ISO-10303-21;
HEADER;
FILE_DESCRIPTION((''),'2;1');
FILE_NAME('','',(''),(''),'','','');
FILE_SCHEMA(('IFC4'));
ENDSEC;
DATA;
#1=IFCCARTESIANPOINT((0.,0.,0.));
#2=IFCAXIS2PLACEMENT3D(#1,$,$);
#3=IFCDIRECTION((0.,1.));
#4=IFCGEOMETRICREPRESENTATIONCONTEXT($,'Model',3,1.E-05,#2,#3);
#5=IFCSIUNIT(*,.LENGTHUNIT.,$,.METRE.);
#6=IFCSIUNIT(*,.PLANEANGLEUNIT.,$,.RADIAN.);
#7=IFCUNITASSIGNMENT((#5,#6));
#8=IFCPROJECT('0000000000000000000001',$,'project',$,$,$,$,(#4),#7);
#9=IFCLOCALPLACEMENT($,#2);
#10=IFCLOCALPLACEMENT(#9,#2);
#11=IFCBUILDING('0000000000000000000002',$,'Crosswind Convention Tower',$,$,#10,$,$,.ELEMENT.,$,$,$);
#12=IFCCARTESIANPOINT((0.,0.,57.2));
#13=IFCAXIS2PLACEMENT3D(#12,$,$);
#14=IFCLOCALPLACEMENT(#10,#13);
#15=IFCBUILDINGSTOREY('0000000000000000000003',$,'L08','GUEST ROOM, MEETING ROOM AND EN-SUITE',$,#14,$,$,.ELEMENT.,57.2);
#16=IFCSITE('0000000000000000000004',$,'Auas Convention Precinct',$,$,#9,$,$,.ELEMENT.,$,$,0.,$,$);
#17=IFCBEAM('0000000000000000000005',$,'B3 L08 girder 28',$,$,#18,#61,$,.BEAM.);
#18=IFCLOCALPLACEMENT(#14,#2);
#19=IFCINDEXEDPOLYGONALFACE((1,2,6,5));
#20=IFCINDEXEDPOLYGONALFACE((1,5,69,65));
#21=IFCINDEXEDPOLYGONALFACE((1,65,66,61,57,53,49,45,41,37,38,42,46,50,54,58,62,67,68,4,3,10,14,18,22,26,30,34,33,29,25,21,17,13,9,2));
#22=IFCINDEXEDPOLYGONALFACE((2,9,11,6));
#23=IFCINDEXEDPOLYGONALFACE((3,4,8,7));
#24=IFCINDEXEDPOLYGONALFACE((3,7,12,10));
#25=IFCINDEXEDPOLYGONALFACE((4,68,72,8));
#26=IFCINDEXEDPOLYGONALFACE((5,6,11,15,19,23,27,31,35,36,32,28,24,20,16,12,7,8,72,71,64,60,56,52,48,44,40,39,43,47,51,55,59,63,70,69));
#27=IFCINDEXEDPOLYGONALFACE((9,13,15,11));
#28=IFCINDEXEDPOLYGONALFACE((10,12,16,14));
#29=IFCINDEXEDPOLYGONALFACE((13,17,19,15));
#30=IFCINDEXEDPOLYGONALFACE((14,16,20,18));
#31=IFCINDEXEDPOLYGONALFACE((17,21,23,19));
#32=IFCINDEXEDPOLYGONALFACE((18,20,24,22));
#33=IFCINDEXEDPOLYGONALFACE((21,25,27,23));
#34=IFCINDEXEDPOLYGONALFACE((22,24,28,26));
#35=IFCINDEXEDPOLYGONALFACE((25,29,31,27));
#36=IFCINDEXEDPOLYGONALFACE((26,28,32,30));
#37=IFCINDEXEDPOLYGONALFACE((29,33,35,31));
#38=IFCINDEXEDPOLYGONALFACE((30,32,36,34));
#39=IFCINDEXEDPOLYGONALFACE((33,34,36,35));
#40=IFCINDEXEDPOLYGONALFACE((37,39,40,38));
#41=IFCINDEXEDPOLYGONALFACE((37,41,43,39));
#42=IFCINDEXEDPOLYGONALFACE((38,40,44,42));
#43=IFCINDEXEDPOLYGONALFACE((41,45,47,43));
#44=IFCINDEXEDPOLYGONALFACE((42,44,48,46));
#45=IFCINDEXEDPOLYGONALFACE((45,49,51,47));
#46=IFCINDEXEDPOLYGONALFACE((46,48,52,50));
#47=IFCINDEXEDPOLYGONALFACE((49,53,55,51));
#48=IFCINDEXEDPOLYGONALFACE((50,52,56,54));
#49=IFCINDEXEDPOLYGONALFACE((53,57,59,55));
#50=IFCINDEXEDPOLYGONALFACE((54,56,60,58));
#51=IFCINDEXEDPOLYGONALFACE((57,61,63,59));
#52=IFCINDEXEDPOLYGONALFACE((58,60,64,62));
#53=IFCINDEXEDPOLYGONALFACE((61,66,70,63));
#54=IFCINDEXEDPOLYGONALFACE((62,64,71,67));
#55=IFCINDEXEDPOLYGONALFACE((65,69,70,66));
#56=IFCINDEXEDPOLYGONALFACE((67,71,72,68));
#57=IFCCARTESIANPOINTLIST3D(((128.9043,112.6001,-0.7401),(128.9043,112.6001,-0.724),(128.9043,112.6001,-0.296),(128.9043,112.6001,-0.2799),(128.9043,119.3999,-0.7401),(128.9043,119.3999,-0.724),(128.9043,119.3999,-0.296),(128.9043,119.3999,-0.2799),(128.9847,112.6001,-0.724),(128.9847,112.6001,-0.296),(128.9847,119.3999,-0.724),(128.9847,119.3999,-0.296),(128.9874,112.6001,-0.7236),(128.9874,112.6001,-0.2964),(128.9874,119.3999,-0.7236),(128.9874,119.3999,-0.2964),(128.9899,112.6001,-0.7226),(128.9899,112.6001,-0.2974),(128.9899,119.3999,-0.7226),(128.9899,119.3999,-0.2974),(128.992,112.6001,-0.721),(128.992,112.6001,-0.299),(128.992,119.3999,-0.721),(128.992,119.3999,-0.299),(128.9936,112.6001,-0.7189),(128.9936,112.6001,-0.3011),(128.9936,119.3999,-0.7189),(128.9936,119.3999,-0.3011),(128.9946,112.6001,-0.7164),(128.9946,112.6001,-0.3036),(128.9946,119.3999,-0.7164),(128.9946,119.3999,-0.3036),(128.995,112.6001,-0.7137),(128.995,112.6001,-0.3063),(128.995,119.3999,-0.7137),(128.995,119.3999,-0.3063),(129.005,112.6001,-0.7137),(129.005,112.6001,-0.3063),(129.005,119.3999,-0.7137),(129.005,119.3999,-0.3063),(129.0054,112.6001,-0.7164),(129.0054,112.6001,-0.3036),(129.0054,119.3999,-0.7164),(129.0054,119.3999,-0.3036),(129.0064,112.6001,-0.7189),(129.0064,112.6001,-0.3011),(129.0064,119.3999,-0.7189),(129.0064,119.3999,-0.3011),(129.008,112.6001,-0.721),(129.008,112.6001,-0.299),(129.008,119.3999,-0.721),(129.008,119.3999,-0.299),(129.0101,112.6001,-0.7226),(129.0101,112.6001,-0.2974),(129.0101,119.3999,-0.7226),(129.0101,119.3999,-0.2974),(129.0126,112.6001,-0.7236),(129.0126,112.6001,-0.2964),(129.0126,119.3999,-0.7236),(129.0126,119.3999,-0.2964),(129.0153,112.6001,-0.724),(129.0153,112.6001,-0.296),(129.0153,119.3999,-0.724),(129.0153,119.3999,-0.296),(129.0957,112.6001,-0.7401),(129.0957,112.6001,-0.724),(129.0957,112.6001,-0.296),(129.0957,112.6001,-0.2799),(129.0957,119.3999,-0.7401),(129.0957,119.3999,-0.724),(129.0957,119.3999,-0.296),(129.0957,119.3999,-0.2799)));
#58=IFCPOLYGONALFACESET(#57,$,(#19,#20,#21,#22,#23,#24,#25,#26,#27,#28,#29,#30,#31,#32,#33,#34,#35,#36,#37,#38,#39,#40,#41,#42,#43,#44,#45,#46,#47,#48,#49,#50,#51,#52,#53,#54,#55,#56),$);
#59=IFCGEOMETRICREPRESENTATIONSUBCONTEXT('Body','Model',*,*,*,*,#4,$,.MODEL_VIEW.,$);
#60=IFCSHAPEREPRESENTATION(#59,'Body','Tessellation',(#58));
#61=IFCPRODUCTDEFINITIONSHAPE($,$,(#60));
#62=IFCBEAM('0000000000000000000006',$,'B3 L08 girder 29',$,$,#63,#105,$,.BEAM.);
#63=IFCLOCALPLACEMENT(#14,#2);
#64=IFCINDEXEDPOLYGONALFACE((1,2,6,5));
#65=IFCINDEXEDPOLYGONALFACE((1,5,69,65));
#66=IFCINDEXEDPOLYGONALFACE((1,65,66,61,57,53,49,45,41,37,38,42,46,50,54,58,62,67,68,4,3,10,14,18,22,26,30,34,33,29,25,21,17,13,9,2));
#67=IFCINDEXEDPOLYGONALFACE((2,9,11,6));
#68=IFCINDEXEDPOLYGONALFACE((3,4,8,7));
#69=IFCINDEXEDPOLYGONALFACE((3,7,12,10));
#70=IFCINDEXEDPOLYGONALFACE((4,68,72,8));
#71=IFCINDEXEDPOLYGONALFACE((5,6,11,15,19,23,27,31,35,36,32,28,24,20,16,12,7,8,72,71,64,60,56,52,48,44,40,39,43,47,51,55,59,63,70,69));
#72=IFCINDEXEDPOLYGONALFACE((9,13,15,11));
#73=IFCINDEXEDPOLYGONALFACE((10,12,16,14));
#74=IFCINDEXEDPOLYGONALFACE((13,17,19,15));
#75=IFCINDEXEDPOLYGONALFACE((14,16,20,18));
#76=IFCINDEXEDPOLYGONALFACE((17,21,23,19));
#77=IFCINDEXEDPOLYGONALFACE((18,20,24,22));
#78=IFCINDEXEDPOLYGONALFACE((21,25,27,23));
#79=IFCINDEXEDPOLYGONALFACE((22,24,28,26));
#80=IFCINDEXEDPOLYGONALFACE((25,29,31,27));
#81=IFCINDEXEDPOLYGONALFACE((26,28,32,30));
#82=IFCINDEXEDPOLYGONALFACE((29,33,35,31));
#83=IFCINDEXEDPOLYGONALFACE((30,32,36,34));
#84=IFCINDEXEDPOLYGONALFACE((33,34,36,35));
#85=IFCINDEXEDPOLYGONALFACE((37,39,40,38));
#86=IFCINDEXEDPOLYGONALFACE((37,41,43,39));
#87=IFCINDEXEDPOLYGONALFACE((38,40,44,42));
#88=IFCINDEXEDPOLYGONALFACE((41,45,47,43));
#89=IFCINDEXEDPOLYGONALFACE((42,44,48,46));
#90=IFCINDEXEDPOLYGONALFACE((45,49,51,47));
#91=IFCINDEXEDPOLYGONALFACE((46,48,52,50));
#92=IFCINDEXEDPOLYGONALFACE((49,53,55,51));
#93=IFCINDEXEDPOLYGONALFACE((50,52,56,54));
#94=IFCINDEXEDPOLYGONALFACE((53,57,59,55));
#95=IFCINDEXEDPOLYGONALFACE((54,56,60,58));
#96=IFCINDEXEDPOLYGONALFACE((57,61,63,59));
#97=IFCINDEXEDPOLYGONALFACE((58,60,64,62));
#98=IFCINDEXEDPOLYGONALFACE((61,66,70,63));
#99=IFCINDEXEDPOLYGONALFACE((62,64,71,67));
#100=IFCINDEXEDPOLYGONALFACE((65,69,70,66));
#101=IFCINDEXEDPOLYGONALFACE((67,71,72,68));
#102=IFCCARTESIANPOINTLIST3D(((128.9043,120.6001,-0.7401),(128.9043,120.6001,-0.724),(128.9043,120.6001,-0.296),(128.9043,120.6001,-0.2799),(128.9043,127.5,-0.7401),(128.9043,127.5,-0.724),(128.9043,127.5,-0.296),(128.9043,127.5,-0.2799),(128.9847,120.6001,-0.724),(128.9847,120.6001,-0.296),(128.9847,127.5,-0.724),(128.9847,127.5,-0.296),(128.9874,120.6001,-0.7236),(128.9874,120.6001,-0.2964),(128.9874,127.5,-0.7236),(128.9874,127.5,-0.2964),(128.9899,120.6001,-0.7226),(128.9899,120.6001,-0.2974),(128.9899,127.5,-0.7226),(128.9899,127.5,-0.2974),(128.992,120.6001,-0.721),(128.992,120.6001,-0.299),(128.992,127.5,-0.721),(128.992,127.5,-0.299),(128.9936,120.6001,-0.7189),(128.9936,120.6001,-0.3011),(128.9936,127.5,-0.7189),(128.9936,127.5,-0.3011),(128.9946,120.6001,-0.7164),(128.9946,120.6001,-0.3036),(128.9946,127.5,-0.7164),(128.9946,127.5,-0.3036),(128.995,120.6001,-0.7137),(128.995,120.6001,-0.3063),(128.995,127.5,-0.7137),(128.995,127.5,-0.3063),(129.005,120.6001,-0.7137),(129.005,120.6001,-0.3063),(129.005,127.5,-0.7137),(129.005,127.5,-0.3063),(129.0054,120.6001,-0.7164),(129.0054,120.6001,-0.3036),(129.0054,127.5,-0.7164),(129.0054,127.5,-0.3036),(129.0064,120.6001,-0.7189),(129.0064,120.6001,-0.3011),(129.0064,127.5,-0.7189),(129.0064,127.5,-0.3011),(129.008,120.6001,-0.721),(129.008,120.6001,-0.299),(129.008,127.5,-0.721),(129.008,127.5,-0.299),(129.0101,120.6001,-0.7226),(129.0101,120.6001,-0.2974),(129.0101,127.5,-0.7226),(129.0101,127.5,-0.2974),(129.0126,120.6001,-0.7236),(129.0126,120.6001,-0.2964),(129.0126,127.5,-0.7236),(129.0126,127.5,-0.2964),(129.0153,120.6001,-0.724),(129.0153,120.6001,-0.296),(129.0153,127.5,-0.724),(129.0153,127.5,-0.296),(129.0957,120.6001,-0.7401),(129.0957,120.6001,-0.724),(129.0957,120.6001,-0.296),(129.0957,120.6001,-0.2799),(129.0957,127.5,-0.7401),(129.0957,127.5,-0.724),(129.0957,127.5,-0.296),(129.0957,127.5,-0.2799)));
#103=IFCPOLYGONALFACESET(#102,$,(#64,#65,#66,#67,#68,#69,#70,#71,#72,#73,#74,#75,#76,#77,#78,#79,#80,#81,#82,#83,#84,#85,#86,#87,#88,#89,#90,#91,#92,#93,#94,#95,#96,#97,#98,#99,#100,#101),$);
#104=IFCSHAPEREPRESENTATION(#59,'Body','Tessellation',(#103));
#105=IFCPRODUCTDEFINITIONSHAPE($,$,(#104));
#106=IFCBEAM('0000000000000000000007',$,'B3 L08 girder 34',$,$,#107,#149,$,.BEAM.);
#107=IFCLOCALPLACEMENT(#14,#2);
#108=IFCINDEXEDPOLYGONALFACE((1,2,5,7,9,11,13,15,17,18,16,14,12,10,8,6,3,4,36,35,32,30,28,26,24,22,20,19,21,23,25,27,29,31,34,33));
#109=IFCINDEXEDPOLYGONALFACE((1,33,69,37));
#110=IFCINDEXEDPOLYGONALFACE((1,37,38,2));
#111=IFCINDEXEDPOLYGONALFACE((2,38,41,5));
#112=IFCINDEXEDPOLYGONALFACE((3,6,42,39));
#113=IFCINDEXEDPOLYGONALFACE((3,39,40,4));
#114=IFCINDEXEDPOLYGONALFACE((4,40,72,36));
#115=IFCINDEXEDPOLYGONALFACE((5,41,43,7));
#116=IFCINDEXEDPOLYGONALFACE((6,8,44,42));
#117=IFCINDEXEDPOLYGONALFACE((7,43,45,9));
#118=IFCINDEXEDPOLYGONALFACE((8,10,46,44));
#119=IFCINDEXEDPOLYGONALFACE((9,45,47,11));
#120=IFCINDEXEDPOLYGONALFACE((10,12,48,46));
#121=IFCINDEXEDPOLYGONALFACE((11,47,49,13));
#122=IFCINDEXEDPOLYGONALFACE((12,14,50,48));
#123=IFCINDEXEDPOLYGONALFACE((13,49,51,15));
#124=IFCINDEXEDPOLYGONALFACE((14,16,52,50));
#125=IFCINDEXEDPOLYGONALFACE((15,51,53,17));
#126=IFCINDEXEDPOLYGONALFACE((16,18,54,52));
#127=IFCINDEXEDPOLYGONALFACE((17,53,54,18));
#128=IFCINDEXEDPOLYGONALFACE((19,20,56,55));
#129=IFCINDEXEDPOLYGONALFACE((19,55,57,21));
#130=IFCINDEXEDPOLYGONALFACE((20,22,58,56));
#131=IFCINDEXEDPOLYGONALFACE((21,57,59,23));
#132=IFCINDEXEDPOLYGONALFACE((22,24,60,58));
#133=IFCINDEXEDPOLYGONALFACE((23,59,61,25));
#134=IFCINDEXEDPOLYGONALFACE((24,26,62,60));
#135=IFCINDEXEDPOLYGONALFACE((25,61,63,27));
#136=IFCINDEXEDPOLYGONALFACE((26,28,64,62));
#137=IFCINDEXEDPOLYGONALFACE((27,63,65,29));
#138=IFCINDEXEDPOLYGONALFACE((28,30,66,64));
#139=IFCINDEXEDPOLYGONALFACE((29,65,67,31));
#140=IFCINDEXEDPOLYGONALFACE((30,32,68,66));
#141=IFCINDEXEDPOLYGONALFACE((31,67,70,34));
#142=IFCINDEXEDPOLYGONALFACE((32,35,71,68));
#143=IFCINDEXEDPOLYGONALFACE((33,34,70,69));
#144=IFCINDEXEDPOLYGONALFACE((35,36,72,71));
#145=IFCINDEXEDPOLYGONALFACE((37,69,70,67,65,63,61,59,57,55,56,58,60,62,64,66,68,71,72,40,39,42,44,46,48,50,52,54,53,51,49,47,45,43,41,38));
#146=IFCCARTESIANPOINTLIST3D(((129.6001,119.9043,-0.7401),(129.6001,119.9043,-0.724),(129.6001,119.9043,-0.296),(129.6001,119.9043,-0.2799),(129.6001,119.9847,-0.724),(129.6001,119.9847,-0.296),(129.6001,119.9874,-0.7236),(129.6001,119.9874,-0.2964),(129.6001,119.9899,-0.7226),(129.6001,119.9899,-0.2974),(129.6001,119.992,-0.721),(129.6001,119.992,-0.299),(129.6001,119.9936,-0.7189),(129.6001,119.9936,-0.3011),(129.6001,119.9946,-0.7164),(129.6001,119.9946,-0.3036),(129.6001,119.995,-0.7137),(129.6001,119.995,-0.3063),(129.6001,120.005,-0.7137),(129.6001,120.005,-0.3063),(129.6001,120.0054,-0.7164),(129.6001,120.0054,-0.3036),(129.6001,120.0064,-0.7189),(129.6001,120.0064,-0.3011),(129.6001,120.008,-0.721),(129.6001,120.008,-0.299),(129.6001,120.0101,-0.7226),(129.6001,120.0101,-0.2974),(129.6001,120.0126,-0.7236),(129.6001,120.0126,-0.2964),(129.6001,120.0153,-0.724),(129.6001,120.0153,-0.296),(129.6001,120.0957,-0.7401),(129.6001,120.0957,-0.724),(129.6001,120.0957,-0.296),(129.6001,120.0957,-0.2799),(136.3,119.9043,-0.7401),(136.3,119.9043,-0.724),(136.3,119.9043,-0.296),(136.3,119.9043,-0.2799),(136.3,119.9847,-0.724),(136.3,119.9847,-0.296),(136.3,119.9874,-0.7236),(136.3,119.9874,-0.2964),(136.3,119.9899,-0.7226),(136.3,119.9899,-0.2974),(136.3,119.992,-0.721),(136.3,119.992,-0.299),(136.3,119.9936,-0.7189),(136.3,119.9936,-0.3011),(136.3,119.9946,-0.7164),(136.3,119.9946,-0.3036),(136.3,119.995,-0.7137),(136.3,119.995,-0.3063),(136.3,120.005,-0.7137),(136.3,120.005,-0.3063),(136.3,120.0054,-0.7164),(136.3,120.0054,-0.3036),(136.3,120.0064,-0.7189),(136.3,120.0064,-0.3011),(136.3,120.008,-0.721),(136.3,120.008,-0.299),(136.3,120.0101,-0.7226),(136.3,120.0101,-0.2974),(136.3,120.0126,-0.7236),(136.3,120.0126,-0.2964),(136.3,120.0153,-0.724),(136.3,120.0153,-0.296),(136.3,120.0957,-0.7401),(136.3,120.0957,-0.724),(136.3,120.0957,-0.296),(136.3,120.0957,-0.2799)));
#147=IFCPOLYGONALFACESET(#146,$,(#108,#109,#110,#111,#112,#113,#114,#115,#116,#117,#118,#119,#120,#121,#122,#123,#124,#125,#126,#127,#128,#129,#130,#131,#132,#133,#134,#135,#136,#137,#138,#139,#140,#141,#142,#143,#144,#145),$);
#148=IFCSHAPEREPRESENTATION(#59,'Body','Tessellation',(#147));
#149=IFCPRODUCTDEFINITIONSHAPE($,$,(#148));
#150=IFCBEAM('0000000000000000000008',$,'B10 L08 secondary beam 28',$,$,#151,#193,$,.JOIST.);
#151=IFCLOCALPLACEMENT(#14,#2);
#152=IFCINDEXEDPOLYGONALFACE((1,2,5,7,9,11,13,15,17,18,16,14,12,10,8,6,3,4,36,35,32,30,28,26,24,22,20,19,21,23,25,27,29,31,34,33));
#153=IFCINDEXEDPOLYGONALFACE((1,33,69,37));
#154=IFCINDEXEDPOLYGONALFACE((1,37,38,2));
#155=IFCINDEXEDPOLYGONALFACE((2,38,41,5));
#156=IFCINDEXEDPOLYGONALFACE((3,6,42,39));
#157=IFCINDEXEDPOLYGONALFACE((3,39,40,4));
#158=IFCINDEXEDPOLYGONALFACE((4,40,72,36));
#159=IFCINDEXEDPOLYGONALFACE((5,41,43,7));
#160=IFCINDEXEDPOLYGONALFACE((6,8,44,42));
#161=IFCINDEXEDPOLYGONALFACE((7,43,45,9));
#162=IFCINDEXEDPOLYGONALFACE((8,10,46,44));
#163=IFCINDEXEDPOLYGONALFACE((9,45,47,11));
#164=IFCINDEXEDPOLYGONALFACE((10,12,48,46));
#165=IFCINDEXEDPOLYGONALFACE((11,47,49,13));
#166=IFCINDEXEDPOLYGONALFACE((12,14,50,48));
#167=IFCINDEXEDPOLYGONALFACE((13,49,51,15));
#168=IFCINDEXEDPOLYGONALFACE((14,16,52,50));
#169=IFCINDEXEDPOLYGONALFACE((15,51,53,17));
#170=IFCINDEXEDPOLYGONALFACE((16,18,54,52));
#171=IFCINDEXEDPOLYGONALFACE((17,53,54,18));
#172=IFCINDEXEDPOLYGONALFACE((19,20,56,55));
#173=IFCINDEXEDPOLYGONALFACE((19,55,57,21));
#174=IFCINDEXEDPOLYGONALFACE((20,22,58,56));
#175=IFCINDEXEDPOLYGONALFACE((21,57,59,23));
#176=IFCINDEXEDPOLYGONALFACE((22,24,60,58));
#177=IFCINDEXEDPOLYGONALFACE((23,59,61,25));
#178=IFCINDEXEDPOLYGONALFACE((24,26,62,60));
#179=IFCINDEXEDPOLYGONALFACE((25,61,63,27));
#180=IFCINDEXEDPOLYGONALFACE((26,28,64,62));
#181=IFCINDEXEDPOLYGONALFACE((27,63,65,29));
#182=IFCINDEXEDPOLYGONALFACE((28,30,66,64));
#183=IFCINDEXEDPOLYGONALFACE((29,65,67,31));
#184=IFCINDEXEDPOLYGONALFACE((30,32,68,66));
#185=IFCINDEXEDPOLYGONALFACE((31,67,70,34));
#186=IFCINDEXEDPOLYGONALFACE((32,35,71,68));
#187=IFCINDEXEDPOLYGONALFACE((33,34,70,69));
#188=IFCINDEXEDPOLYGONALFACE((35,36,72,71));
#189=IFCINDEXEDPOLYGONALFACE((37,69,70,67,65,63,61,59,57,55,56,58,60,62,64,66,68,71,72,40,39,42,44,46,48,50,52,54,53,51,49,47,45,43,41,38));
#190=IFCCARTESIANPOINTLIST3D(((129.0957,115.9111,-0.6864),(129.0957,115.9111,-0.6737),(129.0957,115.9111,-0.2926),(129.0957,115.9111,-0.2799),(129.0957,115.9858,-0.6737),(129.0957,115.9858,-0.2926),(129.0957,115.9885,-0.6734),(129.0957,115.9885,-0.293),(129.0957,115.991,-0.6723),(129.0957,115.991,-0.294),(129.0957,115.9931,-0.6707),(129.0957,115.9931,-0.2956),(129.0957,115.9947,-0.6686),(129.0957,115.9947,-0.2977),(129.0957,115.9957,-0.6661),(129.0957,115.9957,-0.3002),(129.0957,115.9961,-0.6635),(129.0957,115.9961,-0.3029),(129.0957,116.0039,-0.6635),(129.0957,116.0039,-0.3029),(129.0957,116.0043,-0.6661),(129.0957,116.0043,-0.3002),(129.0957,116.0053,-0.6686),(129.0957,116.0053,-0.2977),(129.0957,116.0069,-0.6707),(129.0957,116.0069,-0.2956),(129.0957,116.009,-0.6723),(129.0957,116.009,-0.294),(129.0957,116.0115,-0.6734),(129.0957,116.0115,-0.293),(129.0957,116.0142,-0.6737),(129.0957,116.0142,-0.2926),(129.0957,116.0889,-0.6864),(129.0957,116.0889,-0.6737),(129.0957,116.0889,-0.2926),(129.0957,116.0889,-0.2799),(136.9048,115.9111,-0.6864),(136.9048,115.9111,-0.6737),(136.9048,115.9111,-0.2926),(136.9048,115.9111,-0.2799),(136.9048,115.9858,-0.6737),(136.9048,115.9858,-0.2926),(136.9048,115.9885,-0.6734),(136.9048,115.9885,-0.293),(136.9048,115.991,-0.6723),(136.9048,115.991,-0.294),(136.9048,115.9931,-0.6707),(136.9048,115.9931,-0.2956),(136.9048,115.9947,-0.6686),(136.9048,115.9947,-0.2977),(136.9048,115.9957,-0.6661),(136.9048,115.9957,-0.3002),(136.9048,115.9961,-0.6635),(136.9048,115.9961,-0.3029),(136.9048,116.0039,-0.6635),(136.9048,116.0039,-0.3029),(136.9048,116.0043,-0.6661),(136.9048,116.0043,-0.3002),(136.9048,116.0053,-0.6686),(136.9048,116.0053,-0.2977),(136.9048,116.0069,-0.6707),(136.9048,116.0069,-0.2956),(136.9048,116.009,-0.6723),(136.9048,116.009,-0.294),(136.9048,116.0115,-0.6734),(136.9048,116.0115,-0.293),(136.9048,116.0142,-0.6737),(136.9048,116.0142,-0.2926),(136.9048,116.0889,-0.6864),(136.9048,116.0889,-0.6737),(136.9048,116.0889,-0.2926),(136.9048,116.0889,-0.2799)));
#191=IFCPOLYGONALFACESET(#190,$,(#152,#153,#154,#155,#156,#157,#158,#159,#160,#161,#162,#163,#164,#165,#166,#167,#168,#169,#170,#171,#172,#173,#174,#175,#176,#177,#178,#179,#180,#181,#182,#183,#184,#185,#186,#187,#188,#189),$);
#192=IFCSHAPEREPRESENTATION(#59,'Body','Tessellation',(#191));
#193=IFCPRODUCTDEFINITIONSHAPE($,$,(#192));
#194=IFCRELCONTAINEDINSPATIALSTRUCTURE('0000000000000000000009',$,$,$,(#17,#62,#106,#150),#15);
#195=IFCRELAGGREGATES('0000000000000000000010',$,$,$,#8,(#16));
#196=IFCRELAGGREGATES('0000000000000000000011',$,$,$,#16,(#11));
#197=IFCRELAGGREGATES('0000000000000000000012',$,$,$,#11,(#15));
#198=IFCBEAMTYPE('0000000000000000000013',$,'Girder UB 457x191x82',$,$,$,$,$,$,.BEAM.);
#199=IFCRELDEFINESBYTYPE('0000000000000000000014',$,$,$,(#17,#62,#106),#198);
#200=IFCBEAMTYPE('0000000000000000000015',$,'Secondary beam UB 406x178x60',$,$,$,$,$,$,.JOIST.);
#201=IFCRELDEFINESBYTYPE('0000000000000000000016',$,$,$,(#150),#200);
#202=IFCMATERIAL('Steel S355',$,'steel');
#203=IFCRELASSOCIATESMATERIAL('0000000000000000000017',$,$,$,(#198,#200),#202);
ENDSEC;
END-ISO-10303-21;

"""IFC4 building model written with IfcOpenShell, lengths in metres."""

from ifc_helpers import new_model, si_unit, direction, frame, origin, origin_2d, place, context, subcontext, project, spatial, i_section, extrude, material, material_profile, profile_set, type_object, element, save


model = new_model("IFC4")

# Units and contexts
model_context = context("Model", 3, precision=1e-05, world=origin(), true_north=direction((0.0, 1.0)))
body_context = subcontext(model_context, "Body", "Model", "MODEL_VIEW")
ifc_project = project(units=[si_unit("LENGTHUNIT", "METRE"), si_unit("PLANEANGLEUNIT", "RADIAN")], contexts=[model_context])

# Site, building, storey
site_placement = place(None, origin())
site = spatial("IfcSite", under=ifc_project, at=site_placement, Name="Auas Convention Precinct", CompositionType="ELEMENT", RefElevation=0.0)
building_placement = place(site_placement, origin())
building = spatial("IfcBuilding", under=site, at=building_placement, Name="Crosswind Convention Tower", CompositionType="ELEMENT")
storey_placement = place(building_placement, frame((0.0, 0.0, 57.2)))
storey = spatial("IfcBuildingStorey", under=building, at=storey_placement, Name="L08", Description="GUEST ROOM, MEETING ROOM AND EN-SUITE", CompositionType="ELEMENT", Elevation=57.2)

# Beams
ifc_material_1 = material(Name="Steel S355", Category="steel")
ifc_material_profile_1 = material_profile(ifc_material_1, i_section(OverallWidth=0.1914, OverallDepth=0.4602, WebThickness=0.01, FlangeThickness=0.0161, FilletRadius=0.0103, at=origin_2d()), Name="UB 457x191x82")
ifc_profile_set_1 = profile_set([ifc_material_profile_1], Name="Steel S355")
beam_type_1 = type_object("IfcBeamType", Name="Girder UB 457x191x82", PredefinedType="BEAM", material=ifc_profile_set_1)
for number, where, z_axis, x_axis, name in (
    (1, (129.0, 112.6001, -0.51), (0.0, 1.0, 0.0), (-1.0, 0.0, 0.0), "B3 L08 girder 28"),
):
    element("IfcBeam", number, at=place(storey_placement, frame(where, z_axis=z_axis, x_axis=x_axis)), inside=storey, type_object=beam_type_1, Name=name, PredefinedType="BEAM", context=body_context, shape_type="SweptSolid", body=[
        extrude(i_section(OverallWidth=0.1914, OverallDepth=0.4602, WebThickness=0.01, FlangeThickness=0.0161, FilletRadius=0.0103, at=origin_2d()), origin(), (0.0, 0.0, 1.0), 6.7998),
    ])
beam_1_placement = place(storey_placement, frame((129.0, 120.6001, -0.51), z_axis=(0.0, 1.0, 0.0), x_axis=(-1.0, 0.0, 0.0)))
element("IfcBeam", 2, at=beam_1_placement, inside=storey, type_object=beam_type_1, Name="B3 L08 girder 29", PredefinedType="BEAM", context=body_context, shape_type="SweptSolid", body=[
    extrude(i_section(OverallWidth=0.1914, OverallDepth=0.4602, WebThickness=0.01, FlangeThickness=0.0161, FilletRadius=0.0103, at=origin_2d()), origin(), (0.0, 0.0, 1.0), 6.8999),
])
beam_2_placement = place(storey_placement, frame((129.6001, 120.0, -0.51), z_axis=(1.0, 0.0, 0.0), x_axis=(0.0, 1.0, 0.0)))
element("IfcBeam", 3, at=beam_2_placement, inside=storey, type_object=beam_type_1, Name="B3 L08 girder 34", PredefinedType="BEAM", context=body_context, shape_type="SweptSolid", body=[
    extrude(i_section(OverallWidth=0.1914, OverallDepth=0.4602, WebThickness=0.01, FlangeThickness=0.0161, FilletRadius=0.0103, at=origin_2d()), origin(), (0.0, 0.0, 1.0), 6.7),
])
ifc_material_profile_2 = material_profile(ifc_material_1, i_section(OverallWidth=0.1777, OverallDepth=0.4065, WebThickness=0.0078, FlangeThickness=0.0127, FilletRadius=0.0103, at=origin_2d()), Name="UB 406x178x60")
ifc_profile_set_2 = profile_set([ifc_material_profile_2], Name="Steel S355")
beam_type_2 = type_object("IfcBeamType", Name="Secondary beam UB 406x178x60", PredefinedType="JOIST", material=ifc_profile_set_2)
beam_3_placement = place(storey_placement, frame((129.0957, 116.0, -0.4832), z_axis=(1.0, 0.0, 0.0), x_axis=(0.0, 1.0, 0.0)))
element("IfcBeam", 4, at=beam_3_placement, inside=storey, type_object=beam_type_2, Name="B10 L08 secondary beam 28", PredefinedType="JOIST", context=body_context, shape_type="SweptSolid", body=[
    extrude(i_section(OverallWidth=0.1777, OverallDepth=0.4065, WebThickness=0.0078, FlangeThickness=0.0127, FilletRadius=0.0103, at=origin_2d()), origin(), (0.0, 0.0, 1.0), 7.8091),
])

save(model, "model.ifc")
